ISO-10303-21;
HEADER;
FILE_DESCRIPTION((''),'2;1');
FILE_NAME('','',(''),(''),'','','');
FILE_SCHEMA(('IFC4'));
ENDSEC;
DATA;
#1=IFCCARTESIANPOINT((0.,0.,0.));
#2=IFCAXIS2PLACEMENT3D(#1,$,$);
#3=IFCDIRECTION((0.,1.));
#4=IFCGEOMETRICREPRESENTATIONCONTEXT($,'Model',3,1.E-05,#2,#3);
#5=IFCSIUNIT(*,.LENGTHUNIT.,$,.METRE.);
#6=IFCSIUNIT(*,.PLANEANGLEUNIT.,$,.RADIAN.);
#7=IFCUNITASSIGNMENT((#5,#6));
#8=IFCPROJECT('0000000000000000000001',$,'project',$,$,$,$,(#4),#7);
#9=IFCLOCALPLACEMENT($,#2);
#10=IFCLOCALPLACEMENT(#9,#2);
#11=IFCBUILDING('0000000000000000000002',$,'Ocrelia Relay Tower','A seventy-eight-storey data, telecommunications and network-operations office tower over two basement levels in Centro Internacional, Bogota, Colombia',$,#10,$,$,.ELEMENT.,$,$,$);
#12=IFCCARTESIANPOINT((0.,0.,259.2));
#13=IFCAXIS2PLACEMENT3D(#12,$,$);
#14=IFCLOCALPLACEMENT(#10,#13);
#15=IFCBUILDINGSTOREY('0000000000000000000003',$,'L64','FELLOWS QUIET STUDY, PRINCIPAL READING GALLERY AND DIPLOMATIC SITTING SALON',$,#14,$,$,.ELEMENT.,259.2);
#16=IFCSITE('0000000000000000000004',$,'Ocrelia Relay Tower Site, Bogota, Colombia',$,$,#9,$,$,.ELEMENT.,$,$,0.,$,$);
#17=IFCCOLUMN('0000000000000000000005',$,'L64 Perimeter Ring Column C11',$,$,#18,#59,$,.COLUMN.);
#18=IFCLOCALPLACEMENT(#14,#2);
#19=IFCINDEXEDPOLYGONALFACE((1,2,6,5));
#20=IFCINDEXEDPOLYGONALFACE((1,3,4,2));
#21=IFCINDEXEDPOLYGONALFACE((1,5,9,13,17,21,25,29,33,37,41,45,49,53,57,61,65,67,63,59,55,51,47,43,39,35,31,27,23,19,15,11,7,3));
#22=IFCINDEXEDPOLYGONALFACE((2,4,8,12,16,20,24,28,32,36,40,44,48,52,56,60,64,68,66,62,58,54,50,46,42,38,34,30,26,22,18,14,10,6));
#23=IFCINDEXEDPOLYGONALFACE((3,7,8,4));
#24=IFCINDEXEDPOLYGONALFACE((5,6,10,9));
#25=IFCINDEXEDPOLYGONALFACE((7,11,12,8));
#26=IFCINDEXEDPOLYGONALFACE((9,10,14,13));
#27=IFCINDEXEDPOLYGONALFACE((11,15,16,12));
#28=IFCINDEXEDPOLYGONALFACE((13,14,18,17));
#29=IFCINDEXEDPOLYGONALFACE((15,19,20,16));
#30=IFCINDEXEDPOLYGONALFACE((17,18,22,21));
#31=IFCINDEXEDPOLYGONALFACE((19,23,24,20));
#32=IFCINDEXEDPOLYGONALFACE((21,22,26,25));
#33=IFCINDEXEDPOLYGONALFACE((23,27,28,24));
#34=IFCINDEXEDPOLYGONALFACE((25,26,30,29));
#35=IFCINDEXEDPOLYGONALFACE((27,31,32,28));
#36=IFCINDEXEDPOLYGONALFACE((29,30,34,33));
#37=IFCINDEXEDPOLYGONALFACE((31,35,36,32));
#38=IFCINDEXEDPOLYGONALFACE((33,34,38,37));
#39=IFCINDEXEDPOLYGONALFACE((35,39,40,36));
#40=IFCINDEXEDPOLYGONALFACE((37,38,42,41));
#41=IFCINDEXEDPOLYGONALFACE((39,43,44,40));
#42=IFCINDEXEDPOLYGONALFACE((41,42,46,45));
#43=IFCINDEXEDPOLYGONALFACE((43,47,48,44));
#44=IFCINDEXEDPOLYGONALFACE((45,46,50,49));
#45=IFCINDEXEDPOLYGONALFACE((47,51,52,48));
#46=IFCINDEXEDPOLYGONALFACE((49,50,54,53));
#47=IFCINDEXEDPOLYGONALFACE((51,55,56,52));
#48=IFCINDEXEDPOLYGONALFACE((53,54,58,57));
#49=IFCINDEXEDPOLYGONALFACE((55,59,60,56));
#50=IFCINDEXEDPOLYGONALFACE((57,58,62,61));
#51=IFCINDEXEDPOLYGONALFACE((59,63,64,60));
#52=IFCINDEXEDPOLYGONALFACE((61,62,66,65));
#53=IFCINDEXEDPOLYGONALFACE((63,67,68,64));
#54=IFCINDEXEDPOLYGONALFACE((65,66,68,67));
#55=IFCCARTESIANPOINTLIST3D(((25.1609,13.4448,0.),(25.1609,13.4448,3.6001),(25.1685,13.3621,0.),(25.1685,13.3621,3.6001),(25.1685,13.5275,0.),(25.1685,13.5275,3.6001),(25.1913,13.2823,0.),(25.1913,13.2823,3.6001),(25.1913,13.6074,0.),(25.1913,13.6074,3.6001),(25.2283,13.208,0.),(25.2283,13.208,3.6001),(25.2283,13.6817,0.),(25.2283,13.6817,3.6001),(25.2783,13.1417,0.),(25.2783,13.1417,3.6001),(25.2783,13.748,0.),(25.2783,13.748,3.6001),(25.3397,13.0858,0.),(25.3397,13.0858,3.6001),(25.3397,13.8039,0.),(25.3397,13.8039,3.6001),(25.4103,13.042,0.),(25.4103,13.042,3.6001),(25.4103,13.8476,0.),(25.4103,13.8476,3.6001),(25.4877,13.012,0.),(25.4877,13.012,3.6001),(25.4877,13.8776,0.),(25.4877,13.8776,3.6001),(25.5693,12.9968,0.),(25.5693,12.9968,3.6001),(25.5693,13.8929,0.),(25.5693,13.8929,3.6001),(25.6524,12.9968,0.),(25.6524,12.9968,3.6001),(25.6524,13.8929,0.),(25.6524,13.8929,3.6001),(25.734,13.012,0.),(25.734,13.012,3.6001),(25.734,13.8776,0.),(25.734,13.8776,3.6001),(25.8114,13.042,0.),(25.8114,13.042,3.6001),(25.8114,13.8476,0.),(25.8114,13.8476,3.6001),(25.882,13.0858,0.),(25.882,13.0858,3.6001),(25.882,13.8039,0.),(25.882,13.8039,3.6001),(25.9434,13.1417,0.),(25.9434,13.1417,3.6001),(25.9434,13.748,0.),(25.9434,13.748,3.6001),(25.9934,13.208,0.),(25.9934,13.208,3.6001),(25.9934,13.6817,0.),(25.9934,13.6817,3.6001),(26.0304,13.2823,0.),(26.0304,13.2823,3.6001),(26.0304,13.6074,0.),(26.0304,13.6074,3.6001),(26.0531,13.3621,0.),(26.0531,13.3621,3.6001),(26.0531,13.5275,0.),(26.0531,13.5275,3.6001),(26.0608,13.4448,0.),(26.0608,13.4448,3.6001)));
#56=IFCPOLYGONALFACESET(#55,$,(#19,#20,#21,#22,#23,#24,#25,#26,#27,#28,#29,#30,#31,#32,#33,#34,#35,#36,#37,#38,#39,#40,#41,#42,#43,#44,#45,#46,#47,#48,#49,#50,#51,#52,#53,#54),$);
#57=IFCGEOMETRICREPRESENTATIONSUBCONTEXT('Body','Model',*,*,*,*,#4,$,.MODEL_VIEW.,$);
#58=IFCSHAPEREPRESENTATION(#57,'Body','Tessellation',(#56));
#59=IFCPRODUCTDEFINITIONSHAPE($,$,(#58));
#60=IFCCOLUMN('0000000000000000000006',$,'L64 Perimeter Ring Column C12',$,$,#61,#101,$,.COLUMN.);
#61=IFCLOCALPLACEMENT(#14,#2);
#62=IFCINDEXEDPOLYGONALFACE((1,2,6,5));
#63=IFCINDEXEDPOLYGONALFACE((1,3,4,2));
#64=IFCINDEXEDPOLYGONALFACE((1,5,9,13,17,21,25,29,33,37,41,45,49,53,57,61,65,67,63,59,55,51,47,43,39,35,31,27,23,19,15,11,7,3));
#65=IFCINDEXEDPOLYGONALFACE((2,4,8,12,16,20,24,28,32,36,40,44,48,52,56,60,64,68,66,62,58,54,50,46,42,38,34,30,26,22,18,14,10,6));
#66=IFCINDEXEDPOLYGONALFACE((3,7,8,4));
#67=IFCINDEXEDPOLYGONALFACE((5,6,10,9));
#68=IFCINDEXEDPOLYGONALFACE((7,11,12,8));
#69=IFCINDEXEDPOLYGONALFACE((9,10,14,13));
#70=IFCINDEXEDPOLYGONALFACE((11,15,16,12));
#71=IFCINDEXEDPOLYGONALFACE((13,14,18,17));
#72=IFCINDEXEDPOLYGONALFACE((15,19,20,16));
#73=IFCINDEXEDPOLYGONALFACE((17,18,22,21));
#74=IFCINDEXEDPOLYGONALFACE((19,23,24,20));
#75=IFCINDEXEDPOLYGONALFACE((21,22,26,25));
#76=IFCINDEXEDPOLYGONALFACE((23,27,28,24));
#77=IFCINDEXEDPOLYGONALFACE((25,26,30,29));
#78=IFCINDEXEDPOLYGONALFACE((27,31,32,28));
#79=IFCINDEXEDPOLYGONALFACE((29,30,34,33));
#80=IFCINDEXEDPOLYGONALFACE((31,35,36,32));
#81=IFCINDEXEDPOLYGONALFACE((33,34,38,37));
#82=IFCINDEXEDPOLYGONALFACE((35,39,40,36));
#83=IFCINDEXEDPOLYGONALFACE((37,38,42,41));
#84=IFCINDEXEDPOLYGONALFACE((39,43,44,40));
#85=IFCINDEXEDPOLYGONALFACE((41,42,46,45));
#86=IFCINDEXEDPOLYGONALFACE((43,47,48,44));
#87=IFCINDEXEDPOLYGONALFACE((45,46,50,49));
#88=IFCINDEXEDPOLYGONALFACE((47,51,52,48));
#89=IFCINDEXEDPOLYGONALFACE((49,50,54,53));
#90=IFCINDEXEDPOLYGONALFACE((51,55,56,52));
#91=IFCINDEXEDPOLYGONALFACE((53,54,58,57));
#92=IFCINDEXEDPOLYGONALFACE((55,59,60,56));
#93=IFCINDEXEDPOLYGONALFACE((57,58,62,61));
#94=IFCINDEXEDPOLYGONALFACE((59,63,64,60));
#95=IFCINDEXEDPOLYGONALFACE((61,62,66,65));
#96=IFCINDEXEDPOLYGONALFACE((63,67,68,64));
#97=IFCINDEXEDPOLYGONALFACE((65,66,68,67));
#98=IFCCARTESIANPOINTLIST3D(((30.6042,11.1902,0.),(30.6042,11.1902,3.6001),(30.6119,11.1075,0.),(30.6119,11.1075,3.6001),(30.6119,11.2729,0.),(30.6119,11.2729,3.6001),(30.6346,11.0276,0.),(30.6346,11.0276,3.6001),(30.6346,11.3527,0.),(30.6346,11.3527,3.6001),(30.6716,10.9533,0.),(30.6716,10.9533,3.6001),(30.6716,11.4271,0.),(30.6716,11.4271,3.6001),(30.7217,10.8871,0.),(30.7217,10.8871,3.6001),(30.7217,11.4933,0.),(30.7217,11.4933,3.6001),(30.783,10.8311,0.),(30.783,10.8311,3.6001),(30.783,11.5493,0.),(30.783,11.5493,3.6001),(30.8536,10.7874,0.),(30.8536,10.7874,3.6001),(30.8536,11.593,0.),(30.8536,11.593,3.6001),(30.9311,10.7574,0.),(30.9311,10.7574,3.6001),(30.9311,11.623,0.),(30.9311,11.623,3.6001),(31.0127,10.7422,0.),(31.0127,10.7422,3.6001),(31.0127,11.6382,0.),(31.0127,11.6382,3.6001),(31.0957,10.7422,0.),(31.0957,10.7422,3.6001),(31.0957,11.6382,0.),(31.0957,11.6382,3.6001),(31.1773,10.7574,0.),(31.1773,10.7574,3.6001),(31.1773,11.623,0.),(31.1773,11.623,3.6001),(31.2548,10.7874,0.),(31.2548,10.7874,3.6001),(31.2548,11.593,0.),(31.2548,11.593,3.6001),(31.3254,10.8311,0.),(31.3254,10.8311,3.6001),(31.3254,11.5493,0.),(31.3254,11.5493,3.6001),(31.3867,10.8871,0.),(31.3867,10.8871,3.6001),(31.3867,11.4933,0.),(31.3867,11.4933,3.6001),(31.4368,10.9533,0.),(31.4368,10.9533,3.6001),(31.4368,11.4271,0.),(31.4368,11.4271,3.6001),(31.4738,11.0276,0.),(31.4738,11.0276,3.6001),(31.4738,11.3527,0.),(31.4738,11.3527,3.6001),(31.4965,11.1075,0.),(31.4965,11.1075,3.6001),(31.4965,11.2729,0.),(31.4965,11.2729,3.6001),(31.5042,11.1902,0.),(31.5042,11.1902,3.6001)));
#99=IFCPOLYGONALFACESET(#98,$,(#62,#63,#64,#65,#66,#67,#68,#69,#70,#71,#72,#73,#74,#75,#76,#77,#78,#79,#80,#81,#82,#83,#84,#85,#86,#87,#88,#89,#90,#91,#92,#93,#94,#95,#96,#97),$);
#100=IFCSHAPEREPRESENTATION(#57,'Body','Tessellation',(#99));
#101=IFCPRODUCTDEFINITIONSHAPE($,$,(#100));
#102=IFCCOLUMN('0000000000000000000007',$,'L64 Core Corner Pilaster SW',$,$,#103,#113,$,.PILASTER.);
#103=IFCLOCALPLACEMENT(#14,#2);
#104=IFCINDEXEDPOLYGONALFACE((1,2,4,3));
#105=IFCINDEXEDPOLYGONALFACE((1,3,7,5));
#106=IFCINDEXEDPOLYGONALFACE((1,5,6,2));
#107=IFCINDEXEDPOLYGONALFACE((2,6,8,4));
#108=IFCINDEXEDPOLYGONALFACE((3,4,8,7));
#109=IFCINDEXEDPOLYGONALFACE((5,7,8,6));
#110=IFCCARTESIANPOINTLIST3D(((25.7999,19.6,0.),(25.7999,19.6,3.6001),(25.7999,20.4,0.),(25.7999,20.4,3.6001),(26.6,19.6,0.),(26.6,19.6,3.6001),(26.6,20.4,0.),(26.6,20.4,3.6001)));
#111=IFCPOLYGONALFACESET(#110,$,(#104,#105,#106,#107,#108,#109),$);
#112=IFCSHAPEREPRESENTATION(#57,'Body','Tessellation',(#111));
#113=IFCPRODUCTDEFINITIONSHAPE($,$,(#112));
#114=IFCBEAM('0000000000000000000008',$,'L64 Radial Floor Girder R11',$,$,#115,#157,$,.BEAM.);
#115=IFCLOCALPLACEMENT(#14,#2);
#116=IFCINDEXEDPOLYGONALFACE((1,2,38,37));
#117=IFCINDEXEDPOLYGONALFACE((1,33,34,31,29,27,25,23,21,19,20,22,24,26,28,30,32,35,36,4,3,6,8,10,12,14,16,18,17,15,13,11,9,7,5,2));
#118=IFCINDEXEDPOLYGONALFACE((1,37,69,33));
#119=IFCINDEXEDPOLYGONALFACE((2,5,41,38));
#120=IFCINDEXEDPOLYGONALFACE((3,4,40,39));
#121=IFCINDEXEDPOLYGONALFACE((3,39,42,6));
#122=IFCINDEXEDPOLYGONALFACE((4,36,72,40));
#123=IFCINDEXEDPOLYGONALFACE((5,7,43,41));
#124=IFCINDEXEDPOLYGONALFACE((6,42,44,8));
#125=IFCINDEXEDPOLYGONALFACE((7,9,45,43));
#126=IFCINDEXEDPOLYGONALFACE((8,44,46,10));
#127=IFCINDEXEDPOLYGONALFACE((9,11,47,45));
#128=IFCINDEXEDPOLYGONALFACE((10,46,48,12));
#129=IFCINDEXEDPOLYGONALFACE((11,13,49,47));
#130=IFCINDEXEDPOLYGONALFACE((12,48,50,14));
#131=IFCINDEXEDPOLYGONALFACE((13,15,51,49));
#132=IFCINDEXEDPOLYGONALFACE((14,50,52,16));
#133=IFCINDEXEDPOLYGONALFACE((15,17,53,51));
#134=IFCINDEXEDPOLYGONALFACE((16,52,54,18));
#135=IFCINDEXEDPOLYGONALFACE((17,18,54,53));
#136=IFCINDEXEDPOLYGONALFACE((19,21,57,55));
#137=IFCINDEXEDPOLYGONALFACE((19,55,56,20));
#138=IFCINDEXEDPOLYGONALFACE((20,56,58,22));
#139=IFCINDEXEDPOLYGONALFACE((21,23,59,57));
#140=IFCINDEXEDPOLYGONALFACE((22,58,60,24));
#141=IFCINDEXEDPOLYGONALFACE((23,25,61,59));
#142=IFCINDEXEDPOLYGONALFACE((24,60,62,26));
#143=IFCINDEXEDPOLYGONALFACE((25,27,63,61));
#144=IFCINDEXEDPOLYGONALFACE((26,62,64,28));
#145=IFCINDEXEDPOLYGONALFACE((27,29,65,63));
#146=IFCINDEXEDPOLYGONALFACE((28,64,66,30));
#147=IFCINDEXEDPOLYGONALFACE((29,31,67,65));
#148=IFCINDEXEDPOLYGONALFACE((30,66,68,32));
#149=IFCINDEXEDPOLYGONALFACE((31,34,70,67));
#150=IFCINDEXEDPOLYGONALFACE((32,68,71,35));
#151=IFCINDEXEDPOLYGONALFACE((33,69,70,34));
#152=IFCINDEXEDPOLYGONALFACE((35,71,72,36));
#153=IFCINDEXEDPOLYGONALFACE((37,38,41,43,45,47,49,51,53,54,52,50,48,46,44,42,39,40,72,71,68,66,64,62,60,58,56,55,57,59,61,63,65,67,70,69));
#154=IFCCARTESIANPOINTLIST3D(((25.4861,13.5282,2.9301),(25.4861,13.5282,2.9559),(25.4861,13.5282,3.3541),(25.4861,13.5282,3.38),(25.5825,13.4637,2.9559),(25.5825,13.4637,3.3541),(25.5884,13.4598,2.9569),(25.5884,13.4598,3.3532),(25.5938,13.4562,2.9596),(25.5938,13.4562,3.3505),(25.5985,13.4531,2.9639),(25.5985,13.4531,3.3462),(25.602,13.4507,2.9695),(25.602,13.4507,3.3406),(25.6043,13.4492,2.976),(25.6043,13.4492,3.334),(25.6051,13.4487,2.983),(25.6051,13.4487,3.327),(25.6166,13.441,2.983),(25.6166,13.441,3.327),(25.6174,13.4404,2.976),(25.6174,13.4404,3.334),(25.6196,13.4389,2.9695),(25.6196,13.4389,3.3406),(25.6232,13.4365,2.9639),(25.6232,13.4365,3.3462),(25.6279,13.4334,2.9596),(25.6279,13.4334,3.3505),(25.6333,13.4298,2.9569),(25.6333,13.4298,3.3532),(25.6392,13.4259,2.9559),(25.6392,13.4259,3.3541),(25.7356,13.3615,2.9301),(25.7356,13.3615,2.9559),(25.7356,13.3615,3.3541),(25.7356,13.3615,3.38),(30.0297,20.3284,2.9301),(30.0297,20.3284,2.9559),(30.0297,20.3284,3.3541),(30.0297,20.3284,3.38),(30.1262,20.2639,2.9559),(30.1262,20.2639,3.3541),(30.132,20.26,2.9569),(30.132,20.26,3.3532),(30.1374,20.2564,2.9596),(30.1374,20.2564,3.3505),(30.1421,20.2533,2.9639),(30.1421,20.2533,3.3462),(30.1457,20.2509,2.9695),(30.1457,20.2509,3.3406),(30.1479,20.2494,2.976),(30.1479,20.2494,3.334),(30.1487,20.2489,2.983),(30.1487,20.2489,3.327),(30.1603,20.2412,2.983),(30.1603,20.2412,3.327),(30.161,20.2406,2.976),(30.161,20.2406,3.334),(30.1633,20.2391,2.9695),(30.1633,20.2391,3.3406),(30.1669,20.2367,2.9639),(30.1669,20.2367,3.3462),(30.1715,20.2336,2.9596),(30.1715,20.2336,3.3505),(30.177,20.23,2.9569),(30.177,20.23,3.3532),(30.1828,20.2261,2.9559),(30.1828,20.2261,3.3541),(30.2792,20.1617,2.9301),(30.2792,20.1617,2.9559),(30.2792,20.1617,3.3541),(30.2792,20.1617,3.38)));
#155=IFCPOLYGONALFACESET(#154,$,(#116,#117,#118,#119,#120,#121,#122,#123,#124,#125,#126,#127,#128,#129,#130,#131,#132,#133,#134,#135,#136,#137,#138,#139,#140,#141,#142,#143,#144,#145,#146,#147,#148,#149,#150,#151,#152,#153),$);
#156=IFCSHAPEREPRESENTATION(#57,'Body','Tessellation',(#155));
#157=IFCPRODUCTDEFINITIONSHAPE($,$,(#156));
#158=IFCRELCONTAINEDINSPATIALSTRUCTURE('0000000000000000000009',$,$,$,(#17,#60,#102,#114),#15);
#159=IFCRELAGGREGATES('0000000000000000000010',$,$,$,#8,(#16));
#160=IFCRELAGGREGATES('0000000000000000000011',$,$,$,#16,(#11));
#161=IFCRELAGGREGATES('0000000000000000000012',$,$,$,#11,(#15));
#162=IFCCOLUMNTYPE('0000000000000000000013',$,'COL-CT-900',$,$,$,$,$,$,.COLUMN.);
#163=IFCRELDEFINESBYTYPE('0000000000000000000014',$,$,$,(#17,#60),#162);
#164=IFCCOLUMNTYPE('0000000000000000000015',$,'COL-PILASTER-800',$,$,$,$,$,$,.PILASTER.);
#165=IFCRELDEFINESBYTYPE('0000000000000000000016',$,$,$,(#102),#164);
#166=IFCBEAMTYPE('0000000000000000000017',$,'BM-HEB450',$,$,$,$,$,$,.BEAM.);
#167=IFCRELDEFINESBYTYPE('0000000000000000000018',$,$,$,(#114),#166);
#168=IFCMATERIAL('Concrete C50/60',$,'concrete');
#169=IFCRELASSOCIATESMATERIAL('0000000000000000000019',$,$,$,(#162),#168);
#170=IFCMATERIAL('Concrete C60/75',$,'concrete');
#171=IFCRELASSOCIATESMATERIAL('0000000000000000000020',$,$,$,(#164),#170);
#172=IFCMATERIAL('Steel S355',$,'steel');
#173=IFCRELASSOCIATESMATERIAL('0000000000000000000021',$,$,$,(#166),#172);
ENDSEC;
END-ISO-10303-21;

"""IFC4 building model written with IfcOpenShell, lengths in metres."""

from ifc_helpers import new_model, si_unit, direction, frame, origin, origin_2d, place, context, subcontext, project, spatial, rectangle, circle, i_section, extrude, material, material_profile, profile_set, type_object, element, save


model = new_model("IFC4")

# Units and contexts
model_context = context("Model", 3, precision=1e-05, world=origin(), true_north=direction((0.0, 1.0)))
body_context = subcontext(model_context, "Body", "Model", "MODEL_VIEW")
ifc_project = project(units=[si_unit("LENGTHUNIT", "METRE"), si_unit("PLANEANGLEUNIT", "RADIAN")], contexts=[model_context])

# Site, building, storey
site_placement = place(None, origin())
site = spatial("IfcSite", under=ifc_project, at=site_placement, Name="Ocrelia Relay Tower Site, Bogota, Colombia", CompositionType="ELEMENT", RefElevation=0.0)
building_placement = place(site_placement, origin())
building = spatial("IfcBuilding", under=site, at=building_placement, Name="Ocrelia Relay Tower", Description="A seventy-eight-storey data, telecommunications and network-operations office tower over two basement levels in Centro Internacional, Bogota, Colombia", CompositionType="ELEMENT")
storey_placement = place(building_placement, frame((0.0, 0.0, 259.2)))
storey = spatial("IfcBuildingStorey", under=building, at=storey_placement, Name="L64", Description="FELLOWS QUIET STUDY, PRINCIPAL READING GALLERY AND DIPLOMATIC SITTING SALON", CompositionType="ELEMENT", Elevation=259.2)

# Columns
ifc_material_1 = material(Name="Concrete C50/60", Category="concrete")
ifc_material_profile_1 = material_profile(ifc_material_1, circle(Radius=0.45, at=origin_2d()), Name="RC-CIR-900")
ifc_profile_set_1 = profile_set([ifc_material_profile_1], Name="Concrete C50/60")
column_type_1 = type_object("IfcColumnType", Name="COL-CT-900", PredefinedType="COLUMN", material=ifc_profile_set_1)
for number, where, z_axis, x_axis, name in (
    (1, (25.6108, 13.4448, 0.0), (0.0, 0.0, 1.0), (1.0, 0.0, 0.0), "L64 Perimeter Ring Column C11"),
    (2, (31.0542, 11.1902, 0.0), (0.0, 0.0, 1.0), (1.0, 0.0, 0.0), "L64 Perimeter Ring Column C12"),
):
    element("IfcColumn", number, at=place(storey_placement, frame(where, z_axis=z_axis, x_axis=x_axis)), inside=storey, type_object=column_type_1, Name=name, PredefinedType="COLUMN", context=body_context, shape_type="SweptSolid", body=[
        extrude(circle(Radius=0.45, at=origin_2d()), origin(), (0.0, 0.0, 1.0), 3.6001),
    ])
ifc_material_2 = material(Name="Concrete C60/75", Category="concrete")
ifc_material_profile_2 = material_profile(ifc_material_2, rectangle(XDim=0.8, YDim=0.8, at=origin_2d()), Name="RC-COL-800x800")
ifc_profile_set_2 = profile_set([ifc_material_profile_2], Name="Concrete C60/75")
column_type_2 = type_object("IfcColumnType", Name="COL-PILASTER-800", PredefinedType="PILASTER", material=ifc_profile_set_2)
column_placement = place(storey_placement, frame((26.2, 20.0, 0.0), z_axis=(0.0, 0.0, 1.0), x_axis=(1.0, 0.0, 0.0)))
element("IfcColumn", 3, at=column_placement, inside=storey, type_object=column_type_2, Name="L64 Core Corner Pilaster SW", PredefinedType="PILASTER", context=body_context, shape_type="SweptSolid", body=[
    extrude(rectangle(XDim=0.8, YDim=0.8, at=origin_2d()), origin(), (0.0, 0.0, 1.0), 3.6001),
])

# Beam
ifc_material_3 = material(Name="Steel S355", Category="steel")
ifc_material_profile_3 = material_profile(ifc_material_3, i_section(OverallWidth=0.3, OverallDepth=0.45, WebThickness=0.0139, FlangeThickness=0.0259, FilletRadius=0.0271, at=origin_2d()), Name="HEB 450")
ifc_profile_set_3 = profile_set([ifc_material_profile_3], Name="Steel S355")
beam_type_1 = type_object("IfcBeamType", Name="BM-HEB450", PredefinedType="BEAM", material=ifc_profile_set_3)
beam_1_placement = place(storey_placement, frame((25.6108, 13.4448, 3.155), z_axis=(0.555561, 0.831476, 0.0), x_axis=(-0.831476, 0.555561, 0.0)))
element("IfcBeam", 4, at=beam_1_placement, inside=storey, type_object=beam_type_1, Name="L64 Radial Floor Girder R11", PredefinedType="BEAM", context=body_context, shape_type="SweptSolid", body=[
    extrude(i_section(OverallWidth=0.3, OverallDepth=0.45, WebThickness=0.0139, FlangeThickness=0.0259, FilletRadius=0.0271, at=origin_2d()), origin(), (0.0, 0.0, 1.0), 8.1785),
])

save(model, "model.ifc")
